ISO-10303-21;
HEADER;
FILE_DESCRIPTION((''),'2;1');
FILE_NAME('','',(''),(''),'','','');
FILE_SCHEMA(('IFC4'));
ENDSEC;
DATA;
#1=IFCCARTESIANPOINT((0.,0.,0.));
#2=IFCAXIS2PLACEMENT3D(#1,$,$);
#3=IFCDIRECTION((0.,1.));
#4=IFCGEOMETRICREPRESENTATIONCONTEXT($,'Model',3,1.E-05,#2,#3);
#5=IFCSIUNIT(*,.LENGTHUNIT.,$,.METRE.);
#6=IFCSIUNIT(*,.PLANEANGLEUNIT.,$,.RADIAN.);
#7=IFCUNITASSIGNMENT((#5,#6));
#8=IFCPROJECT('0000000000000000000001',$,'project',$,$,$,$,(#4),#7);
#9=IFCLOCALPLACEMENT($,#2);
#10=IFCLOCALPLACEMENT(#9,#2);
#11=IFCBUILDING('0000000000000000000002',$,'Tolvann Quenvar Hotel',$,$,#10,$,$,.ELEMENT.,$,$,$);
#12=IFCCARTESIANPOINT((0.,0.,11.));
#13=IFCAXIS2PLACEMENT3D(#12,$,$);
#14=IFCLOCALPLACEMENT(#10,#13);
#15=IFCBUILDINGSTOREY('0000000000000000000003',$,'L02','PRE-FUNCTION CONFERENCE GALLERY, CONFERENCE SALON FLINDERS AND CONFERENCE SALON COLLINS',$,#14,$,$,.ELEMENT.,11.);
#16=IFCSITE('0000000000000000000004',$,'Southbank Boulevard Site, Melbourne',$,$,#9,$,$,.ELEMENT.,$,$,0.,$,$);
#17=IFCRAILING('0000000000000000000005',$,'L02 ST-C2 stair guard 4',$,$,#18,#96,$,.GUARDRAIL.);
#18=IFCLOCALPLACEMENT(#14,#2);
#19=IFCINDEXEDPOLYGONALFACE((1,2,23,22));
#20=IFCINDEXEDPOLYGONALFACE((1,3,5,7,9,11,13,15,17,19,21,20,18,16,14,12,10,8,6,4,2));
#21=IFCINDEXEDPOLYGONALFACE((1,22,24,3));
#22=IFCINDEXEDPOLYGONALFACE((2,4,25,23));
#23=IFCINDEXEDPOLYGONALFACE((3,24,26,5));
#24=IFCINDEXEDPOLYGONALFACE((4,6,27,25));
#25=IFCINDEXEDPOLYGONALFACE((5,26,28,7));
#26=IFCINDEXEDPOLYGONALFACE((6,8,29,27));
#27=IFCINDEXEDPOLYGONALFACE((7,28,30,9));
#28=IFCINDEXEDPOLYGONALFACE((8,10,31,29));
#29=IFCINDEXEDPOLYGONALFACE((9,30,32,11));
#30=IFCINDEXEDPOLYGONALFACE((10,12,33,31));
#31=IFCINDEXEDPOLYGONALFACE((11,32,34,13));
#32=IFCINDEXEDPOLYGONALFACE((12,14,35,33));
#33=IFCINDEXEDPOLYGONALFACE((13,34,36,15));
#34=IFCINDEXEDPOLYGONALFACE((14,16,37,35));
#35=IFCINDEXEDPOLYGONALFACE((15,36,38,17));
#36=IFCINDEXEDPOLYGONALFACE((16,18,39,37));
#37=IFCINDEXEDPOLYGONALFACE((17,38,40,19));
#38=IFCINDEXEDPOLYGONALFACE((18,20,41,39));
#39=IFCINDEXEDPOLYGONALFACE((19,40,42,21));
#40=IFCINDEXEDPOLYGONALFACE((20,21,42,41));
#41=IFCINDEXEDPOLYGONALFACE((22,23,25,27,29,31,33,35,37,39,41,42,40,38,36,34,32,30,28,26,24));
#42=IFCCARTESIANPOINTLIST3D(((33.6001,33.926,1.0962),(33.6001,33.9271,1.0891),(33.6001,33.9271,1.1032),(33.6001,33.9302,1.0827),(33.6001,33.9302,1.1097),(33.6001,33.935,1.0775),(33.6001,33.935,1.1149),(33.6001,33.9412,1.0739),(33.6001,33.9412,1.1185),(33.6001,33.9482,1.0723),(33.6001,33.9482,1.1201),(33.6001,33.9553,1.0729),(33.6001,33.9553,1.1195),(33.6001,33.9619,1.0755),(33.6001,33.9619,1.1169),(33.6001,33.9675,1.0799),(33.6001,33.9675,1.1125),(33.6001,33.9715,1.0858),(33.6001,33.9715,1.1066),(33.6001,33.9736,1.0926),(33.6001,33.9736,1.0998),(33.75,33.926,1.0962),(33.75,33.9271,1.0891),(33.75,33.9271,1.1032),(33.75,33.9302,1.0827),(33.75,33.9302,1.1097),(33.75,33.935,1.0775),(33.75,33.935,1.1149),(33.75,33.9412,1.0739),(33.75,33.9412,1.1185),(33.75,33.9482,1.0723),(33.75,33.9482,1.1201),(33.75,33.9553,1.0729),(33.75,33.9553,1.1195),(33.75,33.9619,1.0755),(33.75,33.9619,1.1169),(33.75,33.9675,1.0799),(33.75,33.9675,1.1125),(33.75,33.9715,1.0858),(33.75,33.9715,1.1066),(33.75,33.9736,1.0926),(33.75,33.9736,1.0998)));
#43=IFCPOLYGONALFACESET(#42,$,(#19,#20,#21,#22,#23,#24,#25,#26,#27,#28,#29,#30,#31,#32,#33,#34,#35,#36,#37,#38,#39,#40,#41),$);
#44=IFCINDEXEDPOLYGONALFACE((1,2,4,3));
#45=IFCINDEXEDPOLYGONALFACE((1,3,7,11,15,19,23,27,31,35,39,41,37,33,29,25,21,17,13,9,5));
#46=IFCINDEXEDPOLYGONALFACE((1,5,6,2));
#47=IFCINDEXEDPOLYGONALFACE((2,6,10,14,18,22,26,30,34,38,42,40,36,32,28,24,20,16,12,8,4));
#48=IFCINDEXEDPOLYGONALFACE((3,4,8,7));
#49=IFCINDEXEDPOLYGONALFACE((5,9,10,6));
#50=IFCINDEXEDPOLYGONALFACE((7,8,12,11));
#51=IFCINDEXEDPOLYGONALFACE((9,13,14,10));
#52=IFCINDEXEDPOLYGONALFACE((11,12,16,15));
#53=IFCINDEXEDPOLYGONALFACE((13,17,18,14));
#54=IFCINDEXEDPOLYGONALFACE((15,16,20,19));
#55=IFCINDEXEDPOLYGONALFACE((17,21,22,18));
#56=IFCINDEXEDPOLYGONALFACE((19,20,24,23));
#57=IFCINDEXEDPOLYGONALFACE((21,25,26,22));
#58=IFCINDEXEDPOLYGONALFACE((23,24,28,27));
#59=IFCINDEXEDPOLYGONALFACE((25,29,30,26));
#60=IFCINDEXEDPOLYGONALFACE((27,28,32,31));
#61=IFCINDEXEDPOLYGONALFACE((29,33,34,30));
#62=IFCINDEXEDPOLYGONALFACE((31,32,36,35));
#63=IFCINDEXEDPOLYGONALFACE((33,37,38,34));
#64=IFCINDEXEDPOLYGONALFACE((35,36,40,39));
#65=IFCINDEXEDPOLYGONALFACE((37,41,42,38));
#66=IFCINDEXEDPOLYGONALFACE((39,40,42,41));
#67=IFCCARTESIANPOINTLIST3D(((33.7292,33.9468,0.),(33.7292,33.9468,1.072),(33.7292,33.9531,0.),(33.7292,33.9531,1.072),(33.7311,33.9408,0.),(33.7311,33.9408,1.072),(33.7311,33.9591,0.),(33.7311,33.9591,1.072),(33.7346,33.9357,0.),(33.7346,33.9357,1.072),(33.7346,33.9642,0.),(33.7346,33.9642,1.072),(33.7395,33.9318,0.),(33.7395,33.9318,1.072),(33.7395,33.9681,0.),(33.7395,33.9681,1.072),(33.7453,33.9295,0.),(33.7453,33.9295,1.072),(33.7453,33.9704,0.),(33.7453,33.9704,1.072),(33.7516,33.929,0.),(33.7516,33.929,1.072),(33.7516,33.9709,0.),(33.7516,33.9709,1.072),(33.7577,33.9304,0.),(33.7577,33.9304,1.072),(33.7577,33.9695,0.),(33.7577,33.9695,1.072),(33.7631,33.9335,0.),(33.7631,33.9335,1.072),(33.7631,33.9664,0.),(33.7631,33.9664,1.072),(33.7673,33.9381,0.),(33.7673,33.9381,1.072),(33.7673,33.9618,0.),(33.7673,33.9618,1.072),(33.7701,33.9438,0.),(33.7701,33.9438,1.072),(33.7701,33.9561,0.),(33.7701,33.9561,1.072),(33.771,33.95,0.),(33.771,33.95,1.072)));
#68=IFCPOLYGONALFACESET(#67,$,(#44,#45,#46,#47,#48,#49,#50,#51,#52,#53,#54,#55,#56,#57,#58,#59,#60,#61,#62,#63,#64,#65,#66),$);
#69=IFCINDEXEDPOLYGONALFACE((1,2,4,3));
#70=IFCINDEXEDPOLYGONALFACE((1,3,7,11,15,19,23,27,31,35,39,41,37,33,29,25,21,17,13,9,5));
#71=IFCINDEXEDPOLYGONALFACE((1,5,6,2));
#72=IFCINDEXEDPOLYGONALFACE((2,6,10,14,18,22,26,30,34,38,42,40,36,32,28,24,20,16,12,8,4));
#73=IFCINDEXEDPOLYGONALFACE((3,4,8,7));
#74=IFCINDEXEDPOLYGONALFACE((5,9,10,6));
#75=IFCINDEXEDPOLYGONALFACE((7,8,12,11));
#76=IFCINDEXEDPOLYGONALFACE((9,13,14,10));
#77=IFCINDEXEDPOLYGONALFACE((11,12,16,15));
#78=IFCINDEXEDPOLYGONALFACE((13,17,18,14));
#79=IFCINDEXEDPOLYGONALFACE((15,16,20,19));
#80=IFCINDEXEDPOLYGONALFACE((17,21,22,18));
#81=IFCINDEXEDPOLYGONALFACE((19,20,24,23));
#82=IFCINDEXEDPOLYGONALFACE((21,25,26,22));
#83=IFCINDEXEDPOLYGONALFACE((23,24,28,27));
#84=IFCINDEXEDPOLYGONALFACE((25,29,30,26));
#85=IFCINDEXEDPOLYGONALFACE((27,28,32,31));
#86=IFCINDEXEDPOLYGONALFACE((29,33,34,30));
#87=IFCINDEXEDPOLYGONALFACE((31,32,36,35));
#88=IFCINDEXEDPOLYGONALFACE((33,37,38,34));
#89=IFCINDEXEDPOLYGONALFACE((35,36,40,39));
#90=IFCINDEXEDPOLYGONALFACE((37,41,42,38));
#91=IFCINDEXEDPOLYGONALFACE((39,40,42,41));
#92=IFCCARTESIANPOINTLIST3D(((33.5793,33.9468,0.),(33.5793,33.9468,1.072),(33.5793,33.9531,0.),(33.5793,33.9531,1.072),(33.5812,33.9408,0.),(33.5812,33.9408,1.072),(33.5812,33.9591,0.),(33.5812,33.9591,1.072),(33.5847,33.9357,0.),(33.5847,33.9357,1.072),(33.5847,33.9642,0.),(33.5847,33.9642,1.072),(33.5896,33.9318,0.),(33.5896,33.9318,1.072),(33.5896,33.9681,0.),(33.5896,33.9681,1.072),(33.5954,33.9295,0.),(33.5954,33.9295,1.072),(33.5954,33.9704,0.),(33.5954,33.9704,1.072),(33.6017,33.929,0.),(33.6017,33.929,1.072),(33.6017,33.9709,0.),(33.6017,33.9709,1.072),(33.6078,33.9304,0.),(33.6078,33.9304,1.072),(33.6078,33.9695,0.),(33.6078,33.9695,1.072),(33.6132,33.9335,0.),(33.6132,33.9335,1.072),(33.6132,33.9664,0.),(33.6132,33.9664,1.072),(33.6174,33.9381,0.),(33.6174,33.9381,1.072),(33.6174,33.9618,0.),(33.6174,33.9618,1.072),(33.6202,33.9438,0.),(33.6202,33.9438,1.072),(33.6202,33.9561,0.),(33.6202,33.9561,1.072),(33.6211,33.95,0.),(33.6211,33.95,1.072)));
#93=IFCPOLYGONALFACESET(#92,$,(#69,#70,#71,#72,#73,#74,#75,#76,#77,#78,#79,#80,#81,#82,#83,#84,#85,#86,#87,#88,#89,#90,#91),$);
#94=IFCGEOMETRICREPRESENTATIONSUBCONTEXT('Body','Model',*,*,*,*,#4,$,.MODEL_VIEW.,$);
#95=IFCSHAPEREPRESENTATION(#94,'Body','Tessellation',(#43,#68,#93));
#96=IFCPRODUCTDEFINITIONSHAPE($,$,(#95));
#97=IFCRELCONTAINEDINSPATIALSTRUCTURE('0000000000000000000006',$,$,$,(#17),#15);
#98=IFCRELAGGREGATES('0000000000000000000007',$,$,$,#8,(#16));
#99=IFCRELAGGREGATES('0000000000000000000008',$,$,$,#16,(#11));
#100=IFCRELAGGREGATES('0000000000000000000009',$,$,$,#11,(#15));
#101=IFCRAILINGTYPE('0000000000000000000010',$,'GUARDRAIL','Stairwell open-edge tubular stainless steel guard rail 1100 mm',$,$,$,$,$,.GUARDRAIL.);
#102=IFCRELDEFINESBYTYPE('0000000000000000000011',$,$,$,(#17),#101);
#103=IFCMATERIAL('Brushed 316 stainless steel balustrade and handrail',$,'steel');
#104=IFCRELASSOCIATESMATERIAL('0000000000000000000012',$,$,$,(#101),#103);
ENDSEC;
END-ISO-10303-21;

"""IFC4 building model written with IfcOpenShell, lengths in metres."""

from ifc_helpers import new_model, si_unit, direction, frame, origin, origin_2d, place, context, subcontext, project, spatial, circle, extrude, material, type_object, element, save


model = new_model("IFC4")

# Units and contexts
model_context = context("Model", 3, precision=1e-05, world=origin(), true_north=direction((0.0, 1.0)))
body_context = subcontext(model_context, "Body", "Model", "MODEL_VIEW")
ifc_project = project(units=[si_unit("LENGTHUNIT", "METRE"), si_unit("PLANEANGLEUNIT", "RADIAN")], contexts=[model_context])

# Site, building, storey
site_placement = place(None, origin())
site = spatial("IfcSite", under=ifc_project, at=site_placement, Name="Southbank Boulevard Site, Melbourne", CompositionType="ELEMENT", RefElevation=0.0)
building_placement = place(site_placement, origin())
building = spatial("IfcBuilding", under=site, at=building_placement, Name="Tolvann Quenvar Hotel", CompositionType="ELEMENT")
storey_placement = place(building_placement, frame((0.0, 0.0, 11.0)))
storey = spatial("IfcBuildingStorey", under=building, at=storey_placement, Name="L02", Description="PRE-FUNCTION CONFERENCE GALLERY, CONFERENCE SALON FLINDERS AND CONFERENCE SALON COLLINS", CompositionType="ELEMENT", Elevation=11.0)

# Railing
ifc_material_1 = material(Name="Brushed 316 stainless steel balustrade and handrail", Category="steel")
railing_type_1 = type_object("IfcRailingType", Name="GUARDRAIL", Description="Stairwell open-edge tubular stainless steel guard rail 1100 mm", PredefinedType="GUARDRAIL", material=ifc_material_1)
railing_1_placement = place(storey_placement, frame((33.75, 33.95, 0.0)))
element("IfcRailing", 1, at=railing_1_placement, inside=storey, type_object=railing_type_1, Name="L02 ST-C2 stair guard 4", PredefinedType="GUARDRAIL", context=body_context, shape_type="SweptSolid", body=[
    extrude(circle(Radius=0.0239, at=origin_2d()), frame((0.0, 0.0, 1.0962), z_axis=(-1.0, 0.0, 0.0), x_axis=(0.0, -1.0, 0.0)), (0.0, 0.0, 1.0), 0.1499),
    extrude(circle(Radius=0.021, at=origin_2d()), origin(), (0.0, 0.0, 1.0), 1.072),
    extrude(circle(Radius=0.021, at=origin_2d()), frame((-0.1499, 0.0, 0.0)), (0.0, 0.0, 1.0), 1.072),
])

save(model, "model.ifc")
